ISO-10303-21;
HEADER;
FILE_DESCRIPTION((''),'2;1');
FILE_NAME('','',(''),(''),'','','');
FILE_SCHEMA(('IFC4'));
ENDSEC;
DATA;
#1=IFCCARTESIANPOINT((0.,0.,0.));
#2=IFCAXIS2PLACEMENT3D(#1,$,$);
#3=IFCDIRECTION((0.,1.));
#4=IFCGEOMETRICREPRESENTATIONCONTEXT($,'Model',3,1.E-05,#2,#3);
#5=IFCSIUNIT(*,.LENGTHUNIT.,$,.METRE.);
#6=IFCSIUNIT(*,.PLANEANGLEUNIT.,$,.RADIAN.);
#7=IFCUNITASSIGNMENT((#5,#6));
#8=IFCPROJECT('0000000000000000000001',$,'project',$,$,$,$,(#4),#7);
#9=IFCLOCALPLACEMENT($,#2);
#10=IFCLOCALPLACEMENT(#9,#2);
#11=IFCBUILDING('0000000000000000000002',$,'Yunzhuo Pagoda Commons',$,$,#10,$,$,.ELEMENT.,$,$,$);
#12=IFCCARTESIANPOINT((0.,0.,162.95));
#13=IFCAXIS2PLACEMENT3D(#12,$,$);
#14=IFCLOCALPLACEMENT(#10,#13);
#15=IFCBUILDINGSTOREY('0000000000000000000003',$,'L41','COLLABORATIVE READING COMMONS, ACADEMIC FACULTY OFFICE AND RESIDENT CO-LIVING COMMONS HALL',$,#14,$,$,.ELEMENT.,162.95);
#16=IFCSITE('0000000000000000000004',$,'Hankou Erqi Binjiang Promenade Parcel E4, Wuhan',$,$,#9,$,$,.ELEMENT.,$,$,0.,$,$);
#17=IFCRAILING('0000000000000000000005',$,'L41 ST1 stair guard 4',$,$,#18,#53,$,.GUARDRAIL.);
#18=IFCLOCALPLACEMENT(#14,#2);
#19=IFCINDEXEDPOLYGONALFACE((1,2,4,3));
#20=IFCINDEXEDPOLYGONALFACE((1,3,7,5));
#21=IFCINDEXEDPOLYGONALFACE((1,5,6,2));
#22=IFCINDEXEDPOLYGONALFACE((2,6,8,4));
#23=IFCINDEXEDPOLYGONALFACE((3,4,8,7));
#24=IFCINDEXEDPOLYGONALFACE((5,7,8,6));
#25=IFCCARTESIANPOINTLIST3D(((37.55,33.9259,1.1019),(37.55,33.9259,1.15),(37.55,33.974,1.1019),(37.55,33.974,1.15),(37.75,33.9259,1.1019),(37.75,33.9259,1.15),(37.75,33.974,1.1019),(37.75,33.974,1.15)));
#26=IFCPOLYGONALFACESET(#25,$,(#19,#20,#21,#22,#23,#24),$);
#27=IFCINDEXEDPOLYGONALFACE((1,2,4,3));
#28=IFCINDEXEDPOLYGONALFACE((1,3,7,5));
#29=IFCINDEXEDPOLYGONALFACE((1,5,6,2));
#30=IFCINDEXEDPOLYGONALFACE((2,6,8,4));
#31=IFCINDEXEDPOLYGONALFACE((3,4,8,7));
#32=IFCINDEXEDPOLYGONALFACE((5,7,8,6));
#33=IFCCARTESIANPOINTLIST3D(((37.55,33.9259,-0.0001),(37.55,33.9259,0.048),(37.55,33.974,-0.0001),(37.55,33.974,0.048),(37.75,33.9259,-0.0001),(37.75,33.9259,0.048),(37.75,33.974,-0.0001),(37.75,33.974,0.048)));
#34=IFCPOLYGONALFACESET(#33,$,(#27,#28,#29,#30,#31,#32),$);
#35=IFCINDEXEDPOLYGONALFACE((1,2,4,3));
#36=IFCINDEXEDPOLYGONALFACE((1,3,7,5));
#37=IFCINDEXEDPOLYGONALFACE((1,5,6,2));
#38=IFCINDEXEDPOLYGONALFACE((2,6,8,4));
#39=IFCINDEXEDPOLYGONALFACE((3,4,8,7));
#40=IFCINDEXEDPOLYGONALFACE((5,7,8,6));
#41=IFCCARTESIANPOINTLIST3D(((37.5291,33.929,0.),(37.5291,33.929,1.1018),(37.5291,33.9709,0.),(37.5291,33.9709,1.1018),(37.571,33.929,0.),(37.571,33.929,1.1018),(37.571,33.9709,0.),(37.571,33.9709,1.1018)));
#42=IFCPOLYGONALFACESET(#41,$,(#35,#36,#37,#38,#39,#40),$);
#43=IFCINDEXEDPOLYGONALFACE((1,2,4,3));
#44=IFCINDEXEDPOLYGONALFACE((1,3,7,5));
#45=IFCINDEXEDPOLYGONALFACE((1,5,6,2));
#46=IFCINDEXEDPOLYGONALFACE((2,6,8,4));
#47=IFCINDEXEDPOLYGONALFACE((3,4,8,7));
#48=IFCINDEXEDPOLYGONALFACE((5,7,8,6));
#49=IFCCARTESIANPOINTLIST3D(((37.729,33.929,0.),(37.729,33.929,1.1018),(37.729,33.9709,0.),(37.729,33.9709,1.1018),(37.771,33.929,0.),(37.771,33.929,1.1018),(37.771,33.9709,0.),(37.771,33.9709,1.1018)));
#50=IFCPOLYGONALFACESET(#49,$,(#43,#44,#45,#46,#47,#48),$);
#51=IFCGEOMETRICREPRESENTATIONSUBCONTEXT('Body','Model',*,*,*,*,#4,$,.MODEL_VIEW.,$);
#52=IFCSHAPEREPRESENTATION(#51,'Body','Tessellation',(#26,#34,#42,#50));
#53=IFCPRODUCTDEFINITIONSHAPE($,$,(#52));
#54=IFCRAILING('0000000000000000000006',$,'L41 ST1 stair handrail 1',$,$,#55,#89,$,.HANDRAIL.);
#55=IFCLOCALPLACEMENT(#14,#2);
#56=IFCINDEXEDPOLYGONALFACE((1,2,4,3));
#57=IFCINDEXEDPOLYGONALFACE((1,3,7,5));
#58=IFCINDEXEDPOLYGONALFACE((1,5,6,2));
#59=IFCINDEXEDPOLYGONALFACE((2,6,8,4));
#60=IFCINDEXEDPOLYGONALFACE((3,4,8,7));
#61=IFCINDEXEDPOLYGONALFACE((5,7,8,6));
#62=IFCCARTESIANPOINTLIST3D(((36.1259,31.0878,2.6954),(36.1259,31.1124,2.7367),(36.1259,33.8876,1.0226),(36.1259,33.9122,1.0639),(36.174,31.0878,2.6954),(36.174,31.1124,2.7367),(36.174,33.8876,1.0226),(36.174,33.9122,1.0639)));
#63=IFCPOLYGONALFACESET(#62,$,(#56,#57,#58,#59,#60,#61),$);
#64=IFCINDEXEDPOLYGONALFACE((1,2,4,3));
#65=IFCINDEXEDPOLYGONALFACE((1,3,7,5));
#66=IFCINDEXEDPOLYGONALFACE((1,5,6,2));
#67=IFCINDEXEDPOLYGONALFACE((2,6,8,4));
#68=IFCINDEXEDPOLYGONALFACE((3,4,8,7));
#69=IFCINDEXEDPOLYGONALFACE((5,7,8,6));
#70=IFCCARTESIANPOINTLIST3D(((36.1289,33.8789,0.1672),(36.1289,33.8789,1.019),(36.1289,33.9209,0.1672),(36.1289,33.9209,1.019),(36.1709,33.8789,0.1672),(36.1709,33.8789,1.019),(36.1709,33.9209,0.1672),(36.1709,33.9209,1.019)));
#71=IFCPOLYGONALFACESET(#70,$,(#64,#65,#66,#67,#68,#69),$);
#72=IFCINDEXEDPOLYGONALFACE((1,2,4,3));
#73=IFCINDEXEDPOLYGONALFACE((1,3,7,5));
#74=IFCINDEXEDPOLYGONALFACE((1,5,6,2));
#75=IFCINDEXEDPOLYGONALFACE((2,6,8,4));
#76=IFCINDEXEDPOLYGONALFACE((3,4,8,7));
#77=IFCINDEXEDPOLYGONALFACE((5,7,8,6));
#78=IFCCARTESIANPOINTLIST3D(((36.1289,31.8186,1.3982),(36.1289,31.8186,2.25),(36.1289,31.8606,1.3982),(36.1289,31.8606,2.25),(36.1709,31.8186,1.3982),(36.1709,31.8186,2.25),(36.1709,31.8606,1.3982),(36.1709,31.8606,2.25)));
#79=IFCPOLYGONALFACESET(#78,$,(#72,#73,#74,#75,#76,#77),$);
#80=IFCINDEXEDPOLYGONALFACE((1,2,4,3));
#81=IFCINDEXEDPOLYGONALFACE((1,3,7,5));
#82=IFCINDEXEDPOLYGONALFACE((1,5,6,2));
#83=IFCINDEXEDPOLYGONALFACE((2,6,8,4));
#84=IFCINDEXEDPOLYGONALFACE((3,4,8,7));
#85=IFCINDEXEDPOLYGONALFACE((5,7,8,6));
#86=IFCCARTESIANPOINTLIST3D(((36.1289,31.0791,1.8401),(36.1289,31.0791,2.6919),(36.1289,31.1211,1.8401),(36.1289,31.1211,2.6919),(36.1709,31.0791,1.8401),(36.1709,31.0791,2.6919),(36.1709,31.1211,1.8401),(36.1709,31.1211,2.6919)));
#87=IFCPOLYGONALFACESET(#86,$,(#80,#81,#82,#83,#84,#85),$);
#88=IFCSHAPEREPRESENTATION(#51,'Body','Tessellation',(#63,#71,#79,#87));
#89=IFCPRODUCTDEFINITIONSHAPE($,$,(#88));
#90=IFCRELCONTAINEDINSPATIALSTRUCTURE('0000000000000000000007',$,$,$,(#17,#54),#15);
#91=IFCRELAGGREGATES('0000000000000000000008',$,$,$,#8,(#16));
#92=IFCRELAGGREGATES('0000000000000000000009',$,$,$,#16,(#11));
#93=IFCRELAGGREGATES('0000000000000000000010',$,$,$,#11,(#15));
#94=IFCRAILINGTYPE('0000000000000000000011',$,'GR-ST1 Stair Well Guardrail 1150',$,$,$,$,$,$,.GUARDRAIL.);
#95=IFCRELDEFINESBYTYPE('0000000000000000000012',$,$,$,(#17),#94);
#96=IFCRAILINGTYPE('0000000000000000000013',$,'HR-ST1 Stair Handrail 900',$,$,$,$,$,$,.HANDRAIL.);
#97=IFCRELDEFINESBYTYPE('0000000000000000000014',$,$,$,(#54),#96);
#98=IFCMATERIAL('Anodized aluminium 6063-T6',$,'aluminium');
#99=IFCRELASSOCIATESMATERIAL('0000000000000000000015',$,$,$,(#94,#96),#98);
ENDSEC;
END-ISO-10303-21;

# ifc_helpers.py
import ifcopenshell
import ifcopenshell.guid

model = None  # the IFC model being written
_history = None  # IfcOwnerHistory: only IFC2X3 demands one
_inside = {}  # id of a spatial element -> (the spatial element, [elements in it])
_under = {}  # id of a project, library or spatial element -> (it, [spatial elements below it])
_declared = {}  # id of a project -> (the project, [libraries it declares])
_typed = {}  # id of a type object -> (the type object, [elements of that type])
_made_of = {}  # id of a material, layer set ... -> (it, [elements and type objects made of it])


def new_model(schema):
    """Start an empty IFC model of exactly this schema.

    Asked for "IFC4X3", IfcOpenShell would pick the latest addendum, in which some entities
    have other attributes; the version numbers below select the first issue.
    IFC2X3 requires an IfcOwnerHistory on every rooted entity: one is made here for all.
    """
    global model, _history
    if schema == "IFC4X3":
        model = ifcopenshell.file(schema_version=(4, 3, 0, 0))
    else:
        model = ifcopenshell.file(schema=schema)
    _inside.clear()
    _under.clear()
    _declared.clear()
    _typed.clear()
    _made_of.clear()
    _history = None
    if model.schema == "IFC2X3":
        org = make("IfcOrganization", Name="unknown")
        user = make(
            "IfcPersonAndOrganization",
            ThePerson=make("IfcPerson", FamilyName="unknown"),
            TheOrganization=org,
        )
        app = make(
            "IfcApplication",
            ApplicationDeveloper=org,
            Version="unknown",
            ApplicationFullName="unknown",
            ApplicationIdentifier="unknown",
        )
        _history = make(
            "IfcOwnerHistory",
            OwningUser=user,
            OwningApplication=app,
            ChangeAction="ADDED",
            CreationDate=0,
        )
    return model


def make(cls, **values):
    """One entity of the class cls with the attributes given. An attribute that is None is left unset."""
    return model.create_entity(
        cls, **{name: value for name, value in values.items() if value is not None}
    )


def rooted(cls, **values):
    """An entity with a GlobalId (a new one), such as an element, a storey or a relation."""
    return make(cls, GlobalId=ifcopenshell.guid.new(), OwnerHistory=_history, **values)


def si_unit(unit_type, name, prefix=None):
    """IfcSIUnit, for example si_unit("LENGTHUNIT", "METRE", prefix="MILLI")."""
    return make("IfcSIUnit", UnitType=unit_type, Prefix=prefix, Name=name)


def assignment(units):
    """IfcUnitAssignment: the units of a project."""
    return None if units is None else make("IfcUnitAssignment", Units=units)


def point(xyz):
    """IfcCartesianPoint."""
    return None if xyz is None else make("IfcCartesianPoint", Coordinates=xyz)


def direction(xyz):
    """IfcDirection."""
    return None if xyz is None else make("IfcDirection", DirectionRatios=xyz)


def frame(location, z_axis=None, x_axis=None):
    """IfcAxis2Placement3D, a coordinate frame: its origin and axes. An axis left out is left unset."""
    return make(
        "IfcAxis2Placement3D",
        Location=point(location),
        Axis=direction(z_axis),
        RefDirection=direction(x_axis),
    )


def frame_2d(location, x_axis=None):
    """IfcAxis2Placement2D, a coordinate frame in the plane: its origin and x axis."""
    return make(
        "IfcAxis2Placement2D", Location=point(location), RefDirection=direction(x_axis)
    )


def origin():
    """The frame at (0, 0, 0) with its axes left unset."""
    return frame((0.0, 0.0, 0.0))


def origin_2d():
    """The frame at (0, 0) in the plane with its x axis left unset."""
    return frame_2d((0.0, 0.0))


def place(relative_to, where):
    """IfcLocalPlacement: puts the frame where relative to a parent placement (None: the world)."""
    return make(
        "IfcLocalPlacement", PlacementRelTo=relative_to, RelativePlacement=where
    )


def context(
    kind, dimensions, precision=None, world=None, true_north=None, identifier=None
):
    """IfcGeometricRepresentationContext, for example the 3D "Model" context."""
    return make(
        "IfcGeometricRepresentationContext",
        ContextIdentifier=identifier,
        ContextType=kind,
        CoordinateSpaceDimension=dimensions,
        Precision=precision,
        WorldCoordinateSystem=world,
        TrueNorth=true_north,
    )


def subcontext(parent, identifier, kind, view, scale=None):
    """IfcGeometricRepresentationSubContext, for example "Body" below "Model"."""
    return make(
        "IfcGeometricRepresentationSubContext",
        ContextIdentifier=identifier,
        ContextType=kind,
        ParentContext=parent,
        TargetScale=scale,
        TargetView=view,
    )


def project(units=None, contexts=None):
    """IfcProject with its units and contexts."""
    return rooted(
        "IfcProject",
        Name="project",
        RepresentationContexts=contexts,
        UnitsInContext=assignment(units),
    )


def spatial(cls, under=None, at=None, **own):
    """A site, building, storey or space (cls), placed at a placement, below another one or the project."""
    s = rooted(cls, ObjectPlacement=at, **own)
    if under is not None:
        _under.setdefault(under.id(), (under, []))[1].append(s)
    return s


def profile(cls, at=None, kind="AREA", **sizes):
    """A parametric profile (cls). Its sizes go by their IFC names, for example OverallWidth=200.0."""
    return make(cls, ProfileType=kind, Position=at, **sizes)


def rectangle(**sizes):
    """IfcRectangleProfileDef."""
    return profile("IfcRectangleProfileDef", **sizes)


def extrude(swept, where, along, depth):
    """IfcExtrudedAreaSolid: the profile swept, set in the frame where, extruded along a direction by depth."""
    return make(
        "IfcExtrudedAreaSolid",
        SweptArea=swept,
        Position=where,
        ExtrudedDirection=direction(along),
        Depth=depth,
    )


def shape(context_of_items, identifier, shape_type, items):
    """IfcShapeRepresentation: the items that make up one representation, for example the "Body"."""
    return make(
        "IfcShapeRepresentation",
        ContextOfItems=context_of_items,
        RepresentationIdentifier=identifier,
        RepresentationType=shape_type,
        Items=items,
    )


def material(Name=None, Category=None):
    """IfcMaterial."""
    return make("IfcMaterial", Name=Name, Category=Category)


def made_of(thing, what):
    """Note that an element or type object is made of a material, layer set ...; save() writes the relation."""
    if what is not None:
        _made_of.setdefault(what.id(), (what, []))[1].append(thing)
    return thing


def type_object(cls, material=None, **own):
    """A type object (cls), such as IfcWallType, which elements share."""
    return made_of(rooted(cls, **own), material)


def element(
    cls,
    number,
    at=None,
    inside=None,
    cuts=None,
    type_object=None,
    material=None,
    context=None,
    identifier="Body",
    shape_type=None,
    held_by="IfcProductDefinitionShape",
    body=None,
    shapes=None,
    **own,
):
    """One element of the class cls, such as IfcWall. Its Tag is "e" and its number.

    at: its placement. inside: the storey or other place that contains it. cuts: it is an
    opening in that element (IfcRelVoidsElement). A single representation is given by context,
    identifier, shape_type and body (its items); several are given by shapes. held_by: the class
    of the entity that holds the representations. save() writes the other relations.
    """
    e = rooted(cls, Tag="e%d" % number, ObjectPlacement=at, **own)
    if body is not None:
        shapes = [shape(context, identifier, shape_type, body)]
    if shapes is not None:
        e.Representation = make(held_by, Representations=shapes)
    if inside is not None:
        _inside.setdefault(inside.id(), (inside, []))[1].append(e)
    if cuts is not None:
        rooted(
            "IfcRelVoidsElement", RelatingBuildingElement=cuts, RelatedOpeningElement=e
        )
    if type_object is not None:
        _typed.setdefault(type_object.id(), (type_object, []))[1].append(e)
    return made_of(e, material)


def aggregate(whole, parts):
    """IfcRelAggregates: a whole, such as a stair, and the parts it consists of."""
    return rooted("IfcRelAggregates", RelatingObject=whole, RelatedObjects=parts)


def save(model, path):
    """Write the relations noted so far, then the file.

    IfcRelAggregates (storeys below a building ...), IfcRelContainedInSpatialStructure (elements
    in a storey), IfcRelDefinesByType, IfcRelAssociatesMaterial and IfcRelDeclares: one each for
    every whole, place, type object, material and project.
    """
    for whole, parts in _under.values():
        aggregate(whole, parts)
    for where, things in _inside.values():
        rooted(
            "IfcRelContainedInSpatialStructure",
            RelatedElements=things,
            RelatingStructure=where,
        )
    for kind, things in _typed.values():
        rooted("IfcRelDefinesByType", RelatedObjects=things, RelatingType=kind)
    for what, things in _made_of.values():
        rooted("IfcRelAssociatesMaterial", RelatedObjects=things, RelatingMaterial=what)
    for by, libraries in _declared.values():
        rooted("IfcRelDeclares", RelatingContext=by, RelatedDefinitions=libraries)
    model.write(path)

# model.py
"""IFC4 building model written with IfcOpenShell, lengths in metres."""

from ifc_helpers import new_model, si_unit, direction, frame, origin, origin_2d, place, context, subcontext, project, spatial, rectangle, extrude, material, type_object, element, save


model = new_model("IFC4")

# Units and contexts
model_context = context("Model", 3, precision=1e-05, world=origin(), true_north=direction((0.0, 1.0)))
body_context = subcontext(model_context, "Body", "Model", "MODEL_VIEW")
ifc_project = project(units=[si_unit("LENGTHUNIT", "METRE"), si_unit("PLANEANGLEUNIT", "RADIAN")], contexts=[model_context])

# Site, building, storey
site_placement = place(None, origin())
site = spatial("IfcSite", under=ifc_project, at=site_placement, Name="Hankou Erqi Binjiang Promenade Parcel E4, Wuhan", CompositionType="ELEMENT", RefElevation=0.0)
building_placement = place(site_placement, origin())
building = spatial("IfcBuilding", under=site, at=building_placement, Name="Yunzhuo Pagoda Commons", CompositionType="ELEMENT")
storey_placement = place(building_placement, frame((0.0, 0.0, 162.95)))
storey = spatial("IfcBuildingStorey", under=building, at=storey_placement, Name="L41", Description="COLLABORATIVE READING COMMONS, ACADEMIC FACULTY OFFICE AND RESIDENT CO-LIVING COMMONS HALL", CompositionType="ELEMENT", Elevation=162.95)

# Railings
ifc_material_1 = material(Name="Anodized aluminium 6063-T6", Category="aluminium")
railing_type_1 = type_object("IfcRailingType", Name="GR-ST1 Stair Well Guardrail 1150", PredefinedType="GUARDRAIL", material=ifc_material_1)
railing_1_placement = place(storey_placement, frame((37.55, 33.95, 0.0)))
element("IfcRailing", 1, at=railing_1_placement, inside=storey, type_object=railing_type_1, Name="L41 ST1 stair guard 4", PredefinedType="GUARDRAIL", context=body_context, shape_type="SweptSolid", body=[
    extrude(rectangle(XDim=0.0481, YDim=0.0481, at=origin_2d()), frame((0.0, 0.0, 1.126), z_axis=(1.0, 0.0, 0.0), x_axis=(0.0, 1.0, 0.0)), (0.0, 0.0, 1.0), 0.2),
    extrude(rectangle(XDim=0.0481, YDim=0.0481, at=origin_2d()), frame((0.0, 0.0, 0.0239), z_axis=(1.0, 0.0, 0.0), x_axis=(0.0, 1.0, 0.0)), (0.0, 0.0, 1.0), 0.2),
    extrude(rectangle(XDim=0.042, YDim=0.042, at=origin_2d()), origin(), (0.0, 0.0, 1.0), 1.1018),
    extrude(rectangle(XDim=0.042, YDim=0.042, at=origin_2d()), frame((0.2, 0.0, 0.0)), (0.0, 0.0, 1.0), 1.1018),
])
railing_type_2 = type_object("IfcRailingType", Name="HR-ST1 Stair Handrail 900", PredefinedType="HANDRAIL", material=ifc_material_1)
railing_2_placement = place(storey_placement, frame((36.1499, 33.8999, 0.1672)))
element("IfcRailing", 2, at=railing_2_placement, inside=storey, type_object=railing_type_2, Name="L41 ST1 stair handrail 1", PredefinedType="HANDRAIL", context=body_context, shape_type="SweptSolid", body=[
    extrude(rectangle(XDim=0.0481, YDim=0.0481, at=origin_2d()), frame((0.0, 0.0, 0.876), z_axis=(0.0, -0.858443, 0.51291), x_axis=(1.0, 0.0, 0.0)), (0.0, 0.0, 1.0), 3.2615),
    extrude(rectangle(XDim=0.042, YDim=0.042, at=origin_2d()), origin(), (0.0, 0.0, 1.0), 0.8518),
    extrude(rectangle(XDim=0.042, YDim=0.042, at=origin_2d()), frame((0.0, -2.0603, 1.231)), (0.0, 0.0, 1.0), 0.8518),
    extrude(rectangle(XDim=0.042, YDim=0.042, at=origin_2d()), frame((0.0, -2.7998, 1.6729)), (0.0, 0.0, 1.0), 0.8518),
])

save(model, "model.ifc")
